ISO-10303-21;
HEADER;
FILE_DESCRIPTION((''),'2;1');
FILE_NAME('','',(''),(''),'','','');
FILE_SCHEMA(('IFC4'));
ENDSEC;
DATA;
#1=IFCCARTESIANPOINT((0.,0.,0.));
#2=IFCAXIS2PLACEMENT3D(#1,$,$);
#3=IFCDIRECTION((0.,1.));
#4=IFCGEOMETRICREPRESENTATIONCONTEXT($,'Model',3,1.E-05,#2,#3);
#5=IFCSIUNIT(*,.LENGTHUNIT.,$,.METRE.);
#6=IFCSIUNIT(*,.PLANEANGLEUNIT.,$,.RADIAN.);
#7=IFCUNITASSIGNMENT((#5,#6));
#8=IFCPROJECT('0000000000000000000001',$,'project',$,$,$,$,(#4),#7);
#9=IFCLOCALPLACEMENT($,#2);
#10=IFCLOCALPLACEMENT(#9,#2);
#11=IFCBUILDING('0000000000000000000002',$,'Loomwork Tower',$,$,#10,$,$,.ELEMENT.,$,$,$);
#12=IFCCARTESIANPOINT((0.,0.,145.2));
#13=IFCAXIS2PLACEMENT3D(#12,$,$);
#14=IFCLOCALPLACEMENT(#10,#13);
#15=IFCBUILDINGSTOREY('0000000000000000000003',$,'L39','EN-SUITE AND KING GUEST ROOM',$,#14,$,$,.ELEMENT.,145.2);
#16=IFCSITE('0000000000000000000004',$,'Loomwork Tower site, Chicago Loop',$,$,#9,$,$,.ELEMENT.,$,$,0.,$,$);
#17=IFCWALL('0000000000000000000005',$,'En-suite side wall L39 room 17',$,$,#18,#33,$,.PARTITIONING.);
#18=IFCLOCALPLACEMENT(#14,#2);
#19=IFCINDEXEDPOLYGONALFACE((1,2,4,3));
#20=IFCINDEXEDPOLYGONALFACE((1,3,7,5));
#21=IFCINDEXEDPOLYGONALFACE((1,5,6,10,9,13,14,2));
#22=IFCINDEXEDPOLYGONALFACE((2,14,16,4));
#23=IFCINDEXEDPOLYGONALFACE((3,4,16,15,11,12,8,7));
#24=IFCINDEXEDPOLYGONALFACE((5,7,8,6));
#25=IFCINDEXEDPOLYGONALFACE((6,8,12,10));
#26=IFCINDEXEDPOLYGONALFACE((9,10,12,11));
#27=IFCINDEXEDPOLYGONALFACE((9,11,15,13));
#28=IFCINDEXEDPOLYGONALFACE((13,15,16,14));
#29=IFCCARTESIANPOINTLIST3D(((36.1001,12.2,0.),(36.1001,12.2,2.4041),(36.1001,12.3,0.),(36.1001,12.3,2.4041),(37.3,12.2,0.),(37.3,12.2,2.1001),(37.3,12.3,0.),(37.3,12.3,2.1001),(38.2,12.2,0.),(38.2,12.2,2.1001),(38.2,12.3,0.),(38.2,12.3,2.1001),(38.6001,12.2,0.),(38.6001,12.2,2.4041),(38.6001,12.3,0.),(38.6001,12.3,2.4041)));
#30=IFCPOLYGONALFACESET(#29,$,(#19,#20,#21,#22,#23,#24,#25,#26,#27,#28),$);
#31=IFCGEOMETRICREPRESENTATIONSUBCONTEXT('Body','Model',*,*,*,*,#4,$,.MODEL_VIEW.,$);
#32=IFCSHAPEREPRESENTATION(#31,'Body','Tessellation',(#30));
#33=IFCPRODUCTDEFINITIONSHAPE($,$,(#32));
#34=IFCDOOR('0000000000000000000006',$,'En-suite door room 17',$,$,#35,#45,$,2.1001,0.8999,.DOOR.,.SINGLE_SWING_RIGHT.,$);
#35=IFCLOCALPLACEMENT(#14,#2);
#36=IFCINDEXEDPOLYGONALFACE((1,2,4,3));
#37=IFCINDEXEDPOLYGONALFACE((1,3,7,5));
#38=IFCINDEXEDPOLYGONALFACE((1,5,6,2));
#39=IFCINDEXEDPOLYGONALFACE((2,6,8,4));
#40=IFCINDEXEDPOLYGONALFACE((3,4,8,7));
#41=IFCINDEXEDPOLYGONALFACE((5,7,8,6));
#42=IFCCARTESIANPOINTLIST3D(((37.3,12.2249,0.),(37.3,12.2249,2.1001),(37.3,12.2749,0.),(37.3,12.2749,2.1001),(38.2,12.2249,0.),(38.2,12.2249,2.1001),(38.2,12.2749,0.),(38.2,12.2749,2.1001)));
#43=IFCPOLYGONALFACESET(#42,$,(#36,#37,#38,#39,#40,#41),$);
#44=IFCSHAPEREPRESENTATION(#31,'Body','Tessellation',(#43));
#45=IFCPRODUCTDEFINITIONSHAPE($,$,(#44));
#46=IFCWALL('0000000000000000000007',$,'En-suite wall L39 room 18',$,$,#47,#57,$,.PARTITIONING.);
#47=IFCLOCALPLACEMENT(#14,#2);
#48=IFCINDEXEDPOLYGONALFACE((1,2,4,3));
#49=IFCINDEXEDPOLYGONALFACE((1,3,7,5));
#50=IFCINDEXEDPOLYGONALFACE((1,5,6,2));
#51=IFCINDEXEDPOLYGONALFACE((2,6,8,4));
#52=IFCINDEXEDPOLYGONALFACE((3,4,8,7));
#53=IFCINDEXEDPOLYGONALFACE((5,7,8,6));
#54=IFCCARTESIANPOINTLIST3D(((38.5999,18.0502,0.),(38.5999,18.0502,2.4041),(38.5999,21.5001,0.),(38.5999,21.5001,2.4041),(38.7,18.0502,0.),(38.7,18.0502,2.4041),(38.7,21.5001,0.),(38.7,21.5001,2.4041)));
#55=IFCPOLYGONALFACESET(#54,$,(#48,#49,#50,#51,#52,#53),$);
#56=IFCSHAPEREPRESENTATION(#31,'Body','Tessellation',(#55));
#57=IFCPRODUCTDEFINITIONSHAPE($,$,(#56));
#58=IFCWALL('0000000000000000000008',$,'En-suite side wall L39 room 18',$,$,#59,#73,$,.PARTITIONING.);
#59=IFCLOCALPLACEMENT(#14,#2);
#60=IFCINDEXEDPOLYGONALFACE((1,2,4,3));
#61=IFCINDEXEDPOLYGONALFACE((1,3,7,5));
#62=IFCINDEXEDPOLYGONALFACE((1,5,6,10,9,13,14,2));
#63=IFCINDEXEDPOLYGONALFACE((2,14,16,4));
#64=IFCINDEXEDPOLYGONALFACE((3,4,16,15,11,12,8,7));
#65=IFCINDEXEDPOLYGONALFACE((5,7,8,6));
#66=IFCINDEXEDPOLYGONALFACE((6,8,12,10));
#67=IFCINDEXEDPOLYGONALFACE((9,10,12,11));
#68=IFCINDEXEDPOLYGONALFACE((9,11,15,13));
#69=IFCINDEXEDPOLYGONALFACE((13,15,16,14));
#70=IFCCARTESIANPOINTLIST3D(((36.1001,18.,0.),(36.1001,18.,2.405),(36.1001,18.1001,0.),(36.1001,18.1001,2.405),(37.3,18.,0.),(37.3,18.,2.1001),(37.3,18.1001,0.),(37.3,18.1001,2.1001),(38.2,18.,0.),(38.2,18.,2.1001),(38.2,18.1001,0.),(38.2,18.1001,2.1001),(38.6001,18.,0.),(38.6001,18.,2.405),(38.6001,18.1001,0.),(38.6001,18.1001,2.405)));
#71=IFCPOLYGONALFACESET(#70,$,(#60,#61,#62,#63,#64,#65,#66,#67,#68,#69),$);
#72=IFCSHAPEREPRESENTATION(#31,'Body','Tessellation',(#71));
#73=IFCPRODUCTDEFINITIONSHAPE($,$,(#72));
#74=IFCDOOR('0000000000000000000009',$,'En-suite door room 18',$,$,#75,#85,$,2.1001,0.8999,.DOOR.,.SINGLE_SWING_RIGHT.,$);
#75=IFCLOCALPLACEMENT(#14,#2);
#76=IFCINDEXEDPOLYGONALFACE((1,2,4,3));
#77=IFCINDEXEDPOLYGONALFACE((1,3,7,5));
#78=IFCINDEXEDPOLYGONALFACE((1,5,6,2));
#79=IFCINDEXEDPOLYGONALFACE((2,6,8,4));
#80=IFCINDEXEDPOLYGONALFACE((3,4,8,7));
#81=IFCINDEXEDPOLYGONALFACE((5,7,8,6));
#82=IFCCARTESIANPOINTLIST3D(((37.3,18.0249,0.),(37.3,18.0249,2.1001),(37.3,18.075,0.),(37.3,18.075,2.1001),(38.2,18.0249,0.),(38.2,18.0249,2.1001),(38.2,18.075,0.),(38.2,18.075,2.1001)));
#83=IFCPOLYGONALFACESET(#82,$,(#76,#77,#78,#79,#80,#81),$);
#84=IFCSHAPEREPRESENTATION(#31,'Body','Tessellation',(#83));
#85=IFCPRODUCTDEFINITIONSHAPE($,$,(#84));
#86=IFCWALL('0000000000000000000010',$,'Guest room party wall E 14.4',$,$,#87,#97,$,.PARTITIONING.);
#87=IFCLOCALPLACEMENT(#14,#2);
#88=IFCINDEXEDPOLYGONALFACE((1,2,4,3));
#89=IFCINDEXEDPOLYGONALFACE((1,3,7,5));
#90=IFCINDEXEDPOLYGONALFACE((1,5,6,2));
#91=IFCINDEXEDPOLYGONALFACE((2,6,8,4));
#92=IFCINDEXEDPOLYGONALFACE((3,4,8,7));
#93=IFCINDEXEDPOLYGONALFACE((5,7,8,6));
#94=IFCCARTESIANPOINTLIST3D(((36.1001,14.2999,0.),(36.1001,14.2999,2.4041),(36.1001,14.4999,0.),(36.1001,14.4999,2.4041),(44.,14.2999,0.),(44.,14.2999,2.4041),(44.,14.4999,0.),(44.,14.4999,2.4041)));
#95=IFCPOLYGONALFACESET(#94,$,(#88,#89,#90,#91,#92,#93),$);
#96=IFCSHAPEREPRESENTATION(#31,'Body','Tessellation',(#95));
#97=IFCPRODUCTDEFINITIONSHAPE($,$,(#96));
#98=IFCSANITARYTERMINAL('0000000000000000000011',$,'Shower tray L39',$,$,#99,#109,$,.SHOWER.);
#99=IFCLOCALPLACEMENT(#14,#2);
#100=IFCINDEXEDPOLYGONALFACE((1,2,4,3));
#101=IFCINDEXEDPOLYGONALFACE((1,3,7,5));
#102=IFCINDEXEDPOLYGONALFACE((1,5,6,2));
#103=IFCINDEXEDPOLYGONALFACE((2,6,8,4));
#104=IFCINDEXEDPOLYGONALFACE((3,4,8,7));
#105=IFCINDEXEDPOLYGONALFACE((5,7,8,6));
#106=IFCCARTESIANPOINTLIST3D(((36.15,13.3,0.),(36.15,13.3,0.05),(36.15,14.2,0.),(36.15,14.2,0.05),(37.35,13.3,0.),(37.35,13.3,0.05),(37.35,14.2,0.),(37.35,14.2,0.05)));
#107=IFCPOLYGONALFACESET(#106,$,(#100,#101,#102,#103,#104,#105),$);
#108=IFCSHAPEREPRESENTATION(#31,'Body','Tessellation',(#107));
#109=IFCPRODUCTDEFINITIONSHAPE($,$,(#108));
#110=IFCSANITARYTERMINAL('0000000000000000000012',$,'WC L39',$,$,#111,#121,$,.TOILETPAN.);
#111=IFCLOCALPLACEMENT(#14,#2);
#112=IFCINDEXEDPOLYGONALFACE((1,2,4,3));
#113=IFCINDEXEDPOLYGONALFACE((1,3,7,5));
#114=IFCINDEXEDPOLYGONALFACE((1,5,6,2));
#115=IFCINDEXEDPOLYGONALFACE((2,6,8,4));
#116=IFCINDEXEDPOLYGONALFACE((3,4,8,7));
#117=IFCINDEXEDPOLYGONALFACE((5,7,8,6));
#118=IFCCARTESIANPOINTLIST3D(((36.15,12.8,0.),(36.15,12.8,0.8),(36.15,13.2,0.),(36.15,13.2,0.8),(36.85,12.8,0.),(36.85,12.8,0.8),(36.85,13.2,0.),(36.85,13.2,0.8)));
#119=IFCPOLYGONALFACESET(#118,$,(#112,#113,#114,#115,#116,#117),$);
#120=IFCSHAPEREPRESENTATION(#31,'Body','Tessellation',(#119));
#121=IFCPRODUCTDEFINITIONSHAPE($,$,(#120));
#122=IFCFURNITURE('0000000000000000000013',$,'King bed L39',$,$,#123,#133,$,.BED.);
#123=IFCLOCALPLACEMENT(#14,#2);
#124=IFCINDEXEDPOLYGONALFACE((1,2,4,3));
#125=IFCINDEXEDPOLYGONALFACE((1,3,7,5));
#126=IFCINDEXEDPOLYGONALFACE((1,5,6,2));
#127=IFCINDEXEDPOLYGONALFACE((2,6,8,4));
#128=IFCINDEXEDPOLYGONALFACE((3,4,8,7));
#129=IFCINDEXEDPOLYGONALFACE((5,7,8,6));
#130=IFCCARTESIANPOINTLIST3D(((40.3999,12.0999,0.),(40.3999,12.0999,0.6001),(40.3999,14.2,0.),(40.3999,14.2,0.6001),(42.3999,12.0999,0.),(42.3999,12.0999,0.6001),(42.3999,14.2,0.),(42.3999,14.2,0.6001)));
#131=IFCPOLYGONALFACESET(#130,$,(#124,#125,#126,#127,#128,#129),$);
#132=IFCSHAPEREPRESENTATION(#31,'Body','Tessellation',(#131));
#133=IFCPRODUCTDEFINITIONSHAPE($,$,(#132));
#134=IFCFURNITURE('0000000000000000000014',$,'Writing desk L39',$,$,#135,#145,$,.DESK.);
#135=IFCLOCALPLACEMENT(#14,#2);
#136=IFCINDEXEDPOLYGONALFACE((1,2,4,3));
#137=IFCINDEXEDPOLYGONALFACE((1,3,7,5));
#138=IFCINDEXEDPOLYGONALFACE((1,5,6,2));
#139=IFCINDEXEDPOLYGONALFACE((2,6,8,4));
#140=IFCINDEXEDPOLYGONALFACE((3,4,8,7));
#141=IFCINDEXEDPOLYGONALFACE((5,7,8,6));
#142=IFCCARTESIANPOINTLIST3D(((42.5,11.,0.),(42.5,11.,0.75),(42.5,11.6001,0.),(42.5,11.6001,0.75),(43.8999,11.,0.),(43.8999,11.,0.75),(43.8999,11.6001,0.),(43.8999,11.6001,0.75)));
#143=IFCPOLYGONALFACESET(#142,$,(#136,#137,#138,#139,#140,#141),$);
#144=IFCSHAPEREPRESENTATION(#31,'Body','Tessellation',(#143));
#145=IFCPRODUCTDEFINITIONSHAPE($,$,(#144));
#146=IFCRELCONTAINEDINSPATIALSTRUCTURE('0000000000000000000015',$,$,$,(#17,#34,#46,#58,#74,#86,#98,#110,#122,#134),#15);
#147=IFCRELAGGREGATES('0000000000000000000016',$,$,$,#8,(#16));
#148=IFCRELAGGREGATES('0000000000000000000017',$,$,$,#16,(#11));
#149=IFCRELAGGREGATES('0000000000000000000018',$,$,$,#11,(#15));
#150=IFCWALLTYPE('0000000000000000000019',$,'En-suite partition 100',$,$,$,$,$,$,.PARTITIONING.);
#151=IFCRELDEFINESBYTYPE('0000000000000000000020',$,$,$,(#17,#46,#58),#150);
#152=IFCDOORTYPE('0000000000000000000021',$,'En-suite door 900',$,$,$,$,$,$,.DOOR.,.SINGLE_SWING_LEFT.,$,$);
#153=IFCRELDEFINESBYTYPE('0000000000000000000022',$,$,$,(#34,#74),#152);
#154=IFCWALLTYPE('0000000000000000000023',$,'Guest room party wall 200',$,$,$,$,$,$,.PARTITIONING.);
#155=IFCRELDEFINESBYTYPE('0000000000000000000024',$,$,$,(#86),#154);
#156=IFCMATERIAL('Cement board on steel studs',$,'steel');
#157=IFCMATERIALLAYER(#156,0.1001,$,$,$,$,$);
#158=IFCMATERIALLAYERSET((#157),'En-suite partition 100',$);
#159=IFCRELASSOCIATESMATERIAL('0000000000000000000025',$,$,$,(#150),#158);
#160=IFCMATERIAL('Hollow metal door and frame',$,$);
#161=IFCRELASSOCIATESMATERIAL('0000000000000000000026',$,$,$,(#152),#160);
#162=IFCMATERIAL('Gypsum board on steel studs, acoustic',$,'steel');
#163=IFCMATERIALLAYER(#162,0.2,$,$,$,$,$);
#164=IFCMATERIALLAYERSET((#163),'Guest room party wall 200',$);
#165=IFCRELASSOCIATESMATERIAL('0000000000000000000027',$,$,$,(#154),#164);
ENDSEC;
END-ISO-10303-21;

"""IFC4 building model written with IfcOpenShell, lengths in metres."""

from ifc_helpers import new_model, si_unit, direction, frame, frame_2d, origin, origin_2d, place, context, subcontext, project, spatial, rectangle, extrude, material, layer, layer_set, type_object, element, fill, save


model = new_model("IFC4")

# Units and contexts
model_context = context("Model", 3, precision=1e-05, world=origin(), true_north=direction((0.0, 1.0)))
body_context = subcontext(model_context, "Body", "Model", "MODEL_VIEW")
ifc_project = project(units=[si_unit("LENGTHUNIT", "METRE"), si_unit("PLANEANGLEUNIT", "RADIAN")], contexts=[model_context])

# Site, building, storey
site_placement = place(None, origin())
site = spatial("IfcSite", under=ifc_project, at=site_placement, Name="Loomwork Tower site, Chicago Loop", CompositionType="ELEMENT", RefElevation=0.0)
building_placement = place(site_placement, origin())
building = spatial("IfcBuilding", under=site, at=building_placement, Name="Loomwork Tower", CompositionType="ELEMENT")
storey_placement = place(building_placement, frame((0.0, 0.0, 145.2)))
storey = spatial("IfcBuildingStorey", under=building, at=storey_placement, Name="L39", Description="EN-SUITE AND KING GUEST ROOM", CompositionType="ELEMENT", Elevation=145.2)

# Shared definitions
ifc_material_1 = material(Name="Cement board on steel studs", Category="steel")
ifc_layer_1 = layer(ifc_material_1, 0.1001)
ifc_layer_set_1 = layer_set([ifc_layer_1], Name="En-suite partition 100")
wall_type_1 = type_object("IfcWallType", Name="En-suite partition 100", PredefinedType="PARTITIONING", material=ifc_layer_set_1)
ifc_material_2 = material(Name="Hollow metal door and frame")
door_type_1 = type_object("IfcDoorType", Name="En-suite door 900", OperationType="SINGLE_SWING_LEFT", PredefinedType="DOOR", material=ifc_material_2)

# Wall, opening, door
wall_1_placement = place(storey_placement, frame((36.1001, 12.25, 0.0), z_axis=(0.0, 0.0, 1.0), x_axis=(1.0, 0.0, 0.0)))
wall_1 = element("IfcWall", 1, at=wall_1_placement, inside=storey, type_object=wall_type_1, Name="En-suite side wall L39 room 17", PredefinedType="PARTITIONING", context=body_context, shape_type="SweptSolid", body=[
    extrude(rectangle(XDim=2.5, YDim=0.1001, at=frame_2d((1.25, 0.0))), origin(), (0.0, 0.0, 1.0), 2.4041),
])
opening_1_placement = place(wall_1_placement, frame((1.2, 0.0, 0.0)))
opening_1 = element("IfcOpeningElement", 2, at=opening_1_placement, cuts=wall_1, PredefinedType="OPENING", context=body_context, shape_type="SweptSolid", body=[
    extrude(rectangle(XDim=0.8999, YDim=2.1001, at=frame_2d((0.45, 1.05))), frame((0.0, 0.0601, 0.0), z_axis=(0.0, -1.0, 0.0), x_axis=(1.0, 0.0, 0.0)), (0.0, 0.0, 1.0), 0.1201),
])
door_1_placement = place(opening_1_placement, origin())
door_1 = element("IfcDoor", 3, at=door_1_placement, inside=storey, type_object=door_type_1, Name="En-suite door room 17", OperationType="SINGLE_SWING_RIGHT", OverallHeight=2.1001, OverallWidth=0.8999, PredefinedType="DOOR", context=body_context, shape_type="SweptSolid", body=[
    extrude(rectangle(XDim=0.8999, YDim=2.1001, at=frame_2d((0.45, 1.05))), frame((0.0, 0.0249, 0.0), z_axis=(0.0, -1.0, 0.0), x_axis=(1.0, 0.0, 0.0)), (0.0, 0.0, 1.0), 0.05),
])
fill(opening_1, door_1)

# Wall
wall_2_placement = place(storey_placement, frame((38.6499, 18.05, 0.0), z_axis=(0.0, 0.0, 1.0), x_axis=(0.0, 1.0, 0.0)))
element("IfcWall", 4, at=wall_2_placement, inside=storey, type_object=wall_type_1, Name="En-suite wall L39 room 18", PredefinedType="PARTITIONING", context=body_context, shape_type="SweptSolid", body=[
    extrude(rectangle(XDim=3.45, YDim=0.1001, at=frame_2d((1.7251, 0.0))), origin(), (0.0, 0.0, 1.0), 2.4041),
])

# Wall, opening, door
wall_3_placement = place(storey_placement, frame((36.1001, 18.05, 0.0), z_axis=(0.0, 0.0, 1.0), x_axis=(1.0, 0.0, 0.0)))
wall_3 = element("IfcWall", 5, at=wall_3_placement, inside=storey, type_object=wall_type_1, Name="En-suite side wall L39 room 18", PredefinedType="PARTITIONING", context=body_context, shape_type="SweptSolid", body=[
    extrude(rectangle(XDim=2.5, YDim=0.1001, at=frame_2d((1.25, 0.0))), origin(), (0.0, 0.0, 1.0), 2.405),
])
opening_2_placement = place(wall_3_placement, frame((1.2, 0.0, 0.0)))
opening_2 = element("IfcOpeningElement", 6, at=opening_2_placement, cuts=wall_3, PredefinedType="OPENING", context=body_context, shape_type="SweptSolid", body=[
    extrude(rectangle(XDim=0.8999, YDim=2.1001, at=frame_2d((0.45, 1.05))), frame((0.0, 0.0601, 0.0), z_axis=(0.0, -1.0, 0.0), x_axis=(1.0, 0.0, 0.0)), (0.0, 0.0, 1.0), 0.1201),
])
door_2_placement = place(opening_2_placement, origin())
door_2 = element("IfcDoor", 7, at=door_2_placement, inside=storey, type_object=door_type_1, Name="En-suite door room 18", OperationType="SINGLE_SWING_RIGHT", OverallHeight=2.1001, OverallWidth=0.8999, PredefinedType="DOOR", context=body_context, shape_type="SweptSolid", body=[
    extrude(rectangle(XDim=0.8999, YDim=2.1001, at=frame_2d((0.45, 1.05))), frame((0.0, 0.0249, 0.0), z_axis=(0.0, -1.0, 0.0), x_axis=(1.0, 0.0, 0.0)), (0.0, 0.0, 1.0), 0.05),
])
fill(opening_2, door_2)

# Wall
ifc_material_3 = material(Name="Gypsum board on steel studs, acoustic", Category="steel")
ifc_layer_2 = layer(ifc_material_3, 0.2)
ifc_layer_set_2 = layer_set([ifc_layer_2], Name="Guest room party wall 200")
wall_type_2 = type_object("IfcWallType", Name="Guest room party wall 200", PredefinedType="PARTITIONING", material=ifc_layer_set_2)
wall_4_placement = place(storey_placement, frame((36.1001, 14.3999, 0.0), z_axis=(0.0, 0.0, 1.0), x_axis=(1.0, 0.0, 0.0)))
element("IfcWall", 8, at=wall_4_placement, inside=storey, type_object=wall_type_2, Name="Guest room party wall E 14.4", PredefinedType="PARTITIONING", context=body_context, shape_type="SweptSolid", body=[
    extrude(rectangle(XDim=7.8999, YDim=0.2, at=frame_2d((3.95, 0.0))), origin(), (0.0, 0.0, 1.0), 2.4041),
])

# Sanitary terminals
sanitary_terminal_1_placement = place(storey_placement, frame((36.75, 13.75, 0.0), z_axis=(0.0, 0.0, 1.0), x_axis=(1.0, 0.0, 0.0)))
element("IfcSanitaryTerminal", 9, at=sanitary_terminal_1_placement, inside=storey, Name="Shower tray L39", PredefinedType="SHOWER", context=body_context, shape_type="SweptSolid", body=[
    extrude(rectangle(XDim=1.2, YDim=0.8999, at=origin_2d()), origin(), (0.0, 0.0, 1.0), 0.05),
])
sanitary_terminal_2_placement = place(storey_placement, frame((36.5, 13.0, 0.0), z_axis=(0.0, 0.0, 1.0), x_axis=(1.0, 0.0, 0.0)))
element("IfcSanitaryTerminal", 10, at=sanitary_terminal_2_placement, inside=storey, Name="WC L39", PredefinedType="TOILETPAN", context=body_context, shape_type="SweptSolid", body=[
    extrude(rectangle(XDim=0.7, YDim=0.3999, at=origin_2d()), origin(), (0.0, 0.0, 1.0), 0.8),
])

# Furniture
furniture_1_placement = place(storey_placement, frame((41.3999, 13.1499, 0.0), z_axis=(0.0, 0.0, 1.0), x_axis=(1.0, 0.0, 0.0)))
element("IfcFurniture", 11, at=furniture_1_placement, inside=storey, Name="King bed L39", PredefinedType="BED", context=body_context, shape_type="SweptSolid", body=[
    extrude(rectangle(XDim=2.0, YDim=2.1001, at=origin_2d()), origin(), (0.0, 0.0, 1.0), 0.6001),
])
furniture_2_placement = place(storey_placement, frame((43.2, 11.3, 0.0), z_axis=(0.0, 0.0, 1.0), x_axis=(1.0, 0.0, 0.0)))
element("IfcFurniture", 12, at=furniture_2_placement, inside=storey, Name="Writing desk L39", PredefinedType="DESK", context=body_context, shape_type="SweptSolid", body=[
    extrude(rectangle(XDim=1.3999, YDim=0.6001, at=origin_2d()), origin(), (0.0, 0.0, 1.0), 0.75),
])

save(model, "model.ifc")
